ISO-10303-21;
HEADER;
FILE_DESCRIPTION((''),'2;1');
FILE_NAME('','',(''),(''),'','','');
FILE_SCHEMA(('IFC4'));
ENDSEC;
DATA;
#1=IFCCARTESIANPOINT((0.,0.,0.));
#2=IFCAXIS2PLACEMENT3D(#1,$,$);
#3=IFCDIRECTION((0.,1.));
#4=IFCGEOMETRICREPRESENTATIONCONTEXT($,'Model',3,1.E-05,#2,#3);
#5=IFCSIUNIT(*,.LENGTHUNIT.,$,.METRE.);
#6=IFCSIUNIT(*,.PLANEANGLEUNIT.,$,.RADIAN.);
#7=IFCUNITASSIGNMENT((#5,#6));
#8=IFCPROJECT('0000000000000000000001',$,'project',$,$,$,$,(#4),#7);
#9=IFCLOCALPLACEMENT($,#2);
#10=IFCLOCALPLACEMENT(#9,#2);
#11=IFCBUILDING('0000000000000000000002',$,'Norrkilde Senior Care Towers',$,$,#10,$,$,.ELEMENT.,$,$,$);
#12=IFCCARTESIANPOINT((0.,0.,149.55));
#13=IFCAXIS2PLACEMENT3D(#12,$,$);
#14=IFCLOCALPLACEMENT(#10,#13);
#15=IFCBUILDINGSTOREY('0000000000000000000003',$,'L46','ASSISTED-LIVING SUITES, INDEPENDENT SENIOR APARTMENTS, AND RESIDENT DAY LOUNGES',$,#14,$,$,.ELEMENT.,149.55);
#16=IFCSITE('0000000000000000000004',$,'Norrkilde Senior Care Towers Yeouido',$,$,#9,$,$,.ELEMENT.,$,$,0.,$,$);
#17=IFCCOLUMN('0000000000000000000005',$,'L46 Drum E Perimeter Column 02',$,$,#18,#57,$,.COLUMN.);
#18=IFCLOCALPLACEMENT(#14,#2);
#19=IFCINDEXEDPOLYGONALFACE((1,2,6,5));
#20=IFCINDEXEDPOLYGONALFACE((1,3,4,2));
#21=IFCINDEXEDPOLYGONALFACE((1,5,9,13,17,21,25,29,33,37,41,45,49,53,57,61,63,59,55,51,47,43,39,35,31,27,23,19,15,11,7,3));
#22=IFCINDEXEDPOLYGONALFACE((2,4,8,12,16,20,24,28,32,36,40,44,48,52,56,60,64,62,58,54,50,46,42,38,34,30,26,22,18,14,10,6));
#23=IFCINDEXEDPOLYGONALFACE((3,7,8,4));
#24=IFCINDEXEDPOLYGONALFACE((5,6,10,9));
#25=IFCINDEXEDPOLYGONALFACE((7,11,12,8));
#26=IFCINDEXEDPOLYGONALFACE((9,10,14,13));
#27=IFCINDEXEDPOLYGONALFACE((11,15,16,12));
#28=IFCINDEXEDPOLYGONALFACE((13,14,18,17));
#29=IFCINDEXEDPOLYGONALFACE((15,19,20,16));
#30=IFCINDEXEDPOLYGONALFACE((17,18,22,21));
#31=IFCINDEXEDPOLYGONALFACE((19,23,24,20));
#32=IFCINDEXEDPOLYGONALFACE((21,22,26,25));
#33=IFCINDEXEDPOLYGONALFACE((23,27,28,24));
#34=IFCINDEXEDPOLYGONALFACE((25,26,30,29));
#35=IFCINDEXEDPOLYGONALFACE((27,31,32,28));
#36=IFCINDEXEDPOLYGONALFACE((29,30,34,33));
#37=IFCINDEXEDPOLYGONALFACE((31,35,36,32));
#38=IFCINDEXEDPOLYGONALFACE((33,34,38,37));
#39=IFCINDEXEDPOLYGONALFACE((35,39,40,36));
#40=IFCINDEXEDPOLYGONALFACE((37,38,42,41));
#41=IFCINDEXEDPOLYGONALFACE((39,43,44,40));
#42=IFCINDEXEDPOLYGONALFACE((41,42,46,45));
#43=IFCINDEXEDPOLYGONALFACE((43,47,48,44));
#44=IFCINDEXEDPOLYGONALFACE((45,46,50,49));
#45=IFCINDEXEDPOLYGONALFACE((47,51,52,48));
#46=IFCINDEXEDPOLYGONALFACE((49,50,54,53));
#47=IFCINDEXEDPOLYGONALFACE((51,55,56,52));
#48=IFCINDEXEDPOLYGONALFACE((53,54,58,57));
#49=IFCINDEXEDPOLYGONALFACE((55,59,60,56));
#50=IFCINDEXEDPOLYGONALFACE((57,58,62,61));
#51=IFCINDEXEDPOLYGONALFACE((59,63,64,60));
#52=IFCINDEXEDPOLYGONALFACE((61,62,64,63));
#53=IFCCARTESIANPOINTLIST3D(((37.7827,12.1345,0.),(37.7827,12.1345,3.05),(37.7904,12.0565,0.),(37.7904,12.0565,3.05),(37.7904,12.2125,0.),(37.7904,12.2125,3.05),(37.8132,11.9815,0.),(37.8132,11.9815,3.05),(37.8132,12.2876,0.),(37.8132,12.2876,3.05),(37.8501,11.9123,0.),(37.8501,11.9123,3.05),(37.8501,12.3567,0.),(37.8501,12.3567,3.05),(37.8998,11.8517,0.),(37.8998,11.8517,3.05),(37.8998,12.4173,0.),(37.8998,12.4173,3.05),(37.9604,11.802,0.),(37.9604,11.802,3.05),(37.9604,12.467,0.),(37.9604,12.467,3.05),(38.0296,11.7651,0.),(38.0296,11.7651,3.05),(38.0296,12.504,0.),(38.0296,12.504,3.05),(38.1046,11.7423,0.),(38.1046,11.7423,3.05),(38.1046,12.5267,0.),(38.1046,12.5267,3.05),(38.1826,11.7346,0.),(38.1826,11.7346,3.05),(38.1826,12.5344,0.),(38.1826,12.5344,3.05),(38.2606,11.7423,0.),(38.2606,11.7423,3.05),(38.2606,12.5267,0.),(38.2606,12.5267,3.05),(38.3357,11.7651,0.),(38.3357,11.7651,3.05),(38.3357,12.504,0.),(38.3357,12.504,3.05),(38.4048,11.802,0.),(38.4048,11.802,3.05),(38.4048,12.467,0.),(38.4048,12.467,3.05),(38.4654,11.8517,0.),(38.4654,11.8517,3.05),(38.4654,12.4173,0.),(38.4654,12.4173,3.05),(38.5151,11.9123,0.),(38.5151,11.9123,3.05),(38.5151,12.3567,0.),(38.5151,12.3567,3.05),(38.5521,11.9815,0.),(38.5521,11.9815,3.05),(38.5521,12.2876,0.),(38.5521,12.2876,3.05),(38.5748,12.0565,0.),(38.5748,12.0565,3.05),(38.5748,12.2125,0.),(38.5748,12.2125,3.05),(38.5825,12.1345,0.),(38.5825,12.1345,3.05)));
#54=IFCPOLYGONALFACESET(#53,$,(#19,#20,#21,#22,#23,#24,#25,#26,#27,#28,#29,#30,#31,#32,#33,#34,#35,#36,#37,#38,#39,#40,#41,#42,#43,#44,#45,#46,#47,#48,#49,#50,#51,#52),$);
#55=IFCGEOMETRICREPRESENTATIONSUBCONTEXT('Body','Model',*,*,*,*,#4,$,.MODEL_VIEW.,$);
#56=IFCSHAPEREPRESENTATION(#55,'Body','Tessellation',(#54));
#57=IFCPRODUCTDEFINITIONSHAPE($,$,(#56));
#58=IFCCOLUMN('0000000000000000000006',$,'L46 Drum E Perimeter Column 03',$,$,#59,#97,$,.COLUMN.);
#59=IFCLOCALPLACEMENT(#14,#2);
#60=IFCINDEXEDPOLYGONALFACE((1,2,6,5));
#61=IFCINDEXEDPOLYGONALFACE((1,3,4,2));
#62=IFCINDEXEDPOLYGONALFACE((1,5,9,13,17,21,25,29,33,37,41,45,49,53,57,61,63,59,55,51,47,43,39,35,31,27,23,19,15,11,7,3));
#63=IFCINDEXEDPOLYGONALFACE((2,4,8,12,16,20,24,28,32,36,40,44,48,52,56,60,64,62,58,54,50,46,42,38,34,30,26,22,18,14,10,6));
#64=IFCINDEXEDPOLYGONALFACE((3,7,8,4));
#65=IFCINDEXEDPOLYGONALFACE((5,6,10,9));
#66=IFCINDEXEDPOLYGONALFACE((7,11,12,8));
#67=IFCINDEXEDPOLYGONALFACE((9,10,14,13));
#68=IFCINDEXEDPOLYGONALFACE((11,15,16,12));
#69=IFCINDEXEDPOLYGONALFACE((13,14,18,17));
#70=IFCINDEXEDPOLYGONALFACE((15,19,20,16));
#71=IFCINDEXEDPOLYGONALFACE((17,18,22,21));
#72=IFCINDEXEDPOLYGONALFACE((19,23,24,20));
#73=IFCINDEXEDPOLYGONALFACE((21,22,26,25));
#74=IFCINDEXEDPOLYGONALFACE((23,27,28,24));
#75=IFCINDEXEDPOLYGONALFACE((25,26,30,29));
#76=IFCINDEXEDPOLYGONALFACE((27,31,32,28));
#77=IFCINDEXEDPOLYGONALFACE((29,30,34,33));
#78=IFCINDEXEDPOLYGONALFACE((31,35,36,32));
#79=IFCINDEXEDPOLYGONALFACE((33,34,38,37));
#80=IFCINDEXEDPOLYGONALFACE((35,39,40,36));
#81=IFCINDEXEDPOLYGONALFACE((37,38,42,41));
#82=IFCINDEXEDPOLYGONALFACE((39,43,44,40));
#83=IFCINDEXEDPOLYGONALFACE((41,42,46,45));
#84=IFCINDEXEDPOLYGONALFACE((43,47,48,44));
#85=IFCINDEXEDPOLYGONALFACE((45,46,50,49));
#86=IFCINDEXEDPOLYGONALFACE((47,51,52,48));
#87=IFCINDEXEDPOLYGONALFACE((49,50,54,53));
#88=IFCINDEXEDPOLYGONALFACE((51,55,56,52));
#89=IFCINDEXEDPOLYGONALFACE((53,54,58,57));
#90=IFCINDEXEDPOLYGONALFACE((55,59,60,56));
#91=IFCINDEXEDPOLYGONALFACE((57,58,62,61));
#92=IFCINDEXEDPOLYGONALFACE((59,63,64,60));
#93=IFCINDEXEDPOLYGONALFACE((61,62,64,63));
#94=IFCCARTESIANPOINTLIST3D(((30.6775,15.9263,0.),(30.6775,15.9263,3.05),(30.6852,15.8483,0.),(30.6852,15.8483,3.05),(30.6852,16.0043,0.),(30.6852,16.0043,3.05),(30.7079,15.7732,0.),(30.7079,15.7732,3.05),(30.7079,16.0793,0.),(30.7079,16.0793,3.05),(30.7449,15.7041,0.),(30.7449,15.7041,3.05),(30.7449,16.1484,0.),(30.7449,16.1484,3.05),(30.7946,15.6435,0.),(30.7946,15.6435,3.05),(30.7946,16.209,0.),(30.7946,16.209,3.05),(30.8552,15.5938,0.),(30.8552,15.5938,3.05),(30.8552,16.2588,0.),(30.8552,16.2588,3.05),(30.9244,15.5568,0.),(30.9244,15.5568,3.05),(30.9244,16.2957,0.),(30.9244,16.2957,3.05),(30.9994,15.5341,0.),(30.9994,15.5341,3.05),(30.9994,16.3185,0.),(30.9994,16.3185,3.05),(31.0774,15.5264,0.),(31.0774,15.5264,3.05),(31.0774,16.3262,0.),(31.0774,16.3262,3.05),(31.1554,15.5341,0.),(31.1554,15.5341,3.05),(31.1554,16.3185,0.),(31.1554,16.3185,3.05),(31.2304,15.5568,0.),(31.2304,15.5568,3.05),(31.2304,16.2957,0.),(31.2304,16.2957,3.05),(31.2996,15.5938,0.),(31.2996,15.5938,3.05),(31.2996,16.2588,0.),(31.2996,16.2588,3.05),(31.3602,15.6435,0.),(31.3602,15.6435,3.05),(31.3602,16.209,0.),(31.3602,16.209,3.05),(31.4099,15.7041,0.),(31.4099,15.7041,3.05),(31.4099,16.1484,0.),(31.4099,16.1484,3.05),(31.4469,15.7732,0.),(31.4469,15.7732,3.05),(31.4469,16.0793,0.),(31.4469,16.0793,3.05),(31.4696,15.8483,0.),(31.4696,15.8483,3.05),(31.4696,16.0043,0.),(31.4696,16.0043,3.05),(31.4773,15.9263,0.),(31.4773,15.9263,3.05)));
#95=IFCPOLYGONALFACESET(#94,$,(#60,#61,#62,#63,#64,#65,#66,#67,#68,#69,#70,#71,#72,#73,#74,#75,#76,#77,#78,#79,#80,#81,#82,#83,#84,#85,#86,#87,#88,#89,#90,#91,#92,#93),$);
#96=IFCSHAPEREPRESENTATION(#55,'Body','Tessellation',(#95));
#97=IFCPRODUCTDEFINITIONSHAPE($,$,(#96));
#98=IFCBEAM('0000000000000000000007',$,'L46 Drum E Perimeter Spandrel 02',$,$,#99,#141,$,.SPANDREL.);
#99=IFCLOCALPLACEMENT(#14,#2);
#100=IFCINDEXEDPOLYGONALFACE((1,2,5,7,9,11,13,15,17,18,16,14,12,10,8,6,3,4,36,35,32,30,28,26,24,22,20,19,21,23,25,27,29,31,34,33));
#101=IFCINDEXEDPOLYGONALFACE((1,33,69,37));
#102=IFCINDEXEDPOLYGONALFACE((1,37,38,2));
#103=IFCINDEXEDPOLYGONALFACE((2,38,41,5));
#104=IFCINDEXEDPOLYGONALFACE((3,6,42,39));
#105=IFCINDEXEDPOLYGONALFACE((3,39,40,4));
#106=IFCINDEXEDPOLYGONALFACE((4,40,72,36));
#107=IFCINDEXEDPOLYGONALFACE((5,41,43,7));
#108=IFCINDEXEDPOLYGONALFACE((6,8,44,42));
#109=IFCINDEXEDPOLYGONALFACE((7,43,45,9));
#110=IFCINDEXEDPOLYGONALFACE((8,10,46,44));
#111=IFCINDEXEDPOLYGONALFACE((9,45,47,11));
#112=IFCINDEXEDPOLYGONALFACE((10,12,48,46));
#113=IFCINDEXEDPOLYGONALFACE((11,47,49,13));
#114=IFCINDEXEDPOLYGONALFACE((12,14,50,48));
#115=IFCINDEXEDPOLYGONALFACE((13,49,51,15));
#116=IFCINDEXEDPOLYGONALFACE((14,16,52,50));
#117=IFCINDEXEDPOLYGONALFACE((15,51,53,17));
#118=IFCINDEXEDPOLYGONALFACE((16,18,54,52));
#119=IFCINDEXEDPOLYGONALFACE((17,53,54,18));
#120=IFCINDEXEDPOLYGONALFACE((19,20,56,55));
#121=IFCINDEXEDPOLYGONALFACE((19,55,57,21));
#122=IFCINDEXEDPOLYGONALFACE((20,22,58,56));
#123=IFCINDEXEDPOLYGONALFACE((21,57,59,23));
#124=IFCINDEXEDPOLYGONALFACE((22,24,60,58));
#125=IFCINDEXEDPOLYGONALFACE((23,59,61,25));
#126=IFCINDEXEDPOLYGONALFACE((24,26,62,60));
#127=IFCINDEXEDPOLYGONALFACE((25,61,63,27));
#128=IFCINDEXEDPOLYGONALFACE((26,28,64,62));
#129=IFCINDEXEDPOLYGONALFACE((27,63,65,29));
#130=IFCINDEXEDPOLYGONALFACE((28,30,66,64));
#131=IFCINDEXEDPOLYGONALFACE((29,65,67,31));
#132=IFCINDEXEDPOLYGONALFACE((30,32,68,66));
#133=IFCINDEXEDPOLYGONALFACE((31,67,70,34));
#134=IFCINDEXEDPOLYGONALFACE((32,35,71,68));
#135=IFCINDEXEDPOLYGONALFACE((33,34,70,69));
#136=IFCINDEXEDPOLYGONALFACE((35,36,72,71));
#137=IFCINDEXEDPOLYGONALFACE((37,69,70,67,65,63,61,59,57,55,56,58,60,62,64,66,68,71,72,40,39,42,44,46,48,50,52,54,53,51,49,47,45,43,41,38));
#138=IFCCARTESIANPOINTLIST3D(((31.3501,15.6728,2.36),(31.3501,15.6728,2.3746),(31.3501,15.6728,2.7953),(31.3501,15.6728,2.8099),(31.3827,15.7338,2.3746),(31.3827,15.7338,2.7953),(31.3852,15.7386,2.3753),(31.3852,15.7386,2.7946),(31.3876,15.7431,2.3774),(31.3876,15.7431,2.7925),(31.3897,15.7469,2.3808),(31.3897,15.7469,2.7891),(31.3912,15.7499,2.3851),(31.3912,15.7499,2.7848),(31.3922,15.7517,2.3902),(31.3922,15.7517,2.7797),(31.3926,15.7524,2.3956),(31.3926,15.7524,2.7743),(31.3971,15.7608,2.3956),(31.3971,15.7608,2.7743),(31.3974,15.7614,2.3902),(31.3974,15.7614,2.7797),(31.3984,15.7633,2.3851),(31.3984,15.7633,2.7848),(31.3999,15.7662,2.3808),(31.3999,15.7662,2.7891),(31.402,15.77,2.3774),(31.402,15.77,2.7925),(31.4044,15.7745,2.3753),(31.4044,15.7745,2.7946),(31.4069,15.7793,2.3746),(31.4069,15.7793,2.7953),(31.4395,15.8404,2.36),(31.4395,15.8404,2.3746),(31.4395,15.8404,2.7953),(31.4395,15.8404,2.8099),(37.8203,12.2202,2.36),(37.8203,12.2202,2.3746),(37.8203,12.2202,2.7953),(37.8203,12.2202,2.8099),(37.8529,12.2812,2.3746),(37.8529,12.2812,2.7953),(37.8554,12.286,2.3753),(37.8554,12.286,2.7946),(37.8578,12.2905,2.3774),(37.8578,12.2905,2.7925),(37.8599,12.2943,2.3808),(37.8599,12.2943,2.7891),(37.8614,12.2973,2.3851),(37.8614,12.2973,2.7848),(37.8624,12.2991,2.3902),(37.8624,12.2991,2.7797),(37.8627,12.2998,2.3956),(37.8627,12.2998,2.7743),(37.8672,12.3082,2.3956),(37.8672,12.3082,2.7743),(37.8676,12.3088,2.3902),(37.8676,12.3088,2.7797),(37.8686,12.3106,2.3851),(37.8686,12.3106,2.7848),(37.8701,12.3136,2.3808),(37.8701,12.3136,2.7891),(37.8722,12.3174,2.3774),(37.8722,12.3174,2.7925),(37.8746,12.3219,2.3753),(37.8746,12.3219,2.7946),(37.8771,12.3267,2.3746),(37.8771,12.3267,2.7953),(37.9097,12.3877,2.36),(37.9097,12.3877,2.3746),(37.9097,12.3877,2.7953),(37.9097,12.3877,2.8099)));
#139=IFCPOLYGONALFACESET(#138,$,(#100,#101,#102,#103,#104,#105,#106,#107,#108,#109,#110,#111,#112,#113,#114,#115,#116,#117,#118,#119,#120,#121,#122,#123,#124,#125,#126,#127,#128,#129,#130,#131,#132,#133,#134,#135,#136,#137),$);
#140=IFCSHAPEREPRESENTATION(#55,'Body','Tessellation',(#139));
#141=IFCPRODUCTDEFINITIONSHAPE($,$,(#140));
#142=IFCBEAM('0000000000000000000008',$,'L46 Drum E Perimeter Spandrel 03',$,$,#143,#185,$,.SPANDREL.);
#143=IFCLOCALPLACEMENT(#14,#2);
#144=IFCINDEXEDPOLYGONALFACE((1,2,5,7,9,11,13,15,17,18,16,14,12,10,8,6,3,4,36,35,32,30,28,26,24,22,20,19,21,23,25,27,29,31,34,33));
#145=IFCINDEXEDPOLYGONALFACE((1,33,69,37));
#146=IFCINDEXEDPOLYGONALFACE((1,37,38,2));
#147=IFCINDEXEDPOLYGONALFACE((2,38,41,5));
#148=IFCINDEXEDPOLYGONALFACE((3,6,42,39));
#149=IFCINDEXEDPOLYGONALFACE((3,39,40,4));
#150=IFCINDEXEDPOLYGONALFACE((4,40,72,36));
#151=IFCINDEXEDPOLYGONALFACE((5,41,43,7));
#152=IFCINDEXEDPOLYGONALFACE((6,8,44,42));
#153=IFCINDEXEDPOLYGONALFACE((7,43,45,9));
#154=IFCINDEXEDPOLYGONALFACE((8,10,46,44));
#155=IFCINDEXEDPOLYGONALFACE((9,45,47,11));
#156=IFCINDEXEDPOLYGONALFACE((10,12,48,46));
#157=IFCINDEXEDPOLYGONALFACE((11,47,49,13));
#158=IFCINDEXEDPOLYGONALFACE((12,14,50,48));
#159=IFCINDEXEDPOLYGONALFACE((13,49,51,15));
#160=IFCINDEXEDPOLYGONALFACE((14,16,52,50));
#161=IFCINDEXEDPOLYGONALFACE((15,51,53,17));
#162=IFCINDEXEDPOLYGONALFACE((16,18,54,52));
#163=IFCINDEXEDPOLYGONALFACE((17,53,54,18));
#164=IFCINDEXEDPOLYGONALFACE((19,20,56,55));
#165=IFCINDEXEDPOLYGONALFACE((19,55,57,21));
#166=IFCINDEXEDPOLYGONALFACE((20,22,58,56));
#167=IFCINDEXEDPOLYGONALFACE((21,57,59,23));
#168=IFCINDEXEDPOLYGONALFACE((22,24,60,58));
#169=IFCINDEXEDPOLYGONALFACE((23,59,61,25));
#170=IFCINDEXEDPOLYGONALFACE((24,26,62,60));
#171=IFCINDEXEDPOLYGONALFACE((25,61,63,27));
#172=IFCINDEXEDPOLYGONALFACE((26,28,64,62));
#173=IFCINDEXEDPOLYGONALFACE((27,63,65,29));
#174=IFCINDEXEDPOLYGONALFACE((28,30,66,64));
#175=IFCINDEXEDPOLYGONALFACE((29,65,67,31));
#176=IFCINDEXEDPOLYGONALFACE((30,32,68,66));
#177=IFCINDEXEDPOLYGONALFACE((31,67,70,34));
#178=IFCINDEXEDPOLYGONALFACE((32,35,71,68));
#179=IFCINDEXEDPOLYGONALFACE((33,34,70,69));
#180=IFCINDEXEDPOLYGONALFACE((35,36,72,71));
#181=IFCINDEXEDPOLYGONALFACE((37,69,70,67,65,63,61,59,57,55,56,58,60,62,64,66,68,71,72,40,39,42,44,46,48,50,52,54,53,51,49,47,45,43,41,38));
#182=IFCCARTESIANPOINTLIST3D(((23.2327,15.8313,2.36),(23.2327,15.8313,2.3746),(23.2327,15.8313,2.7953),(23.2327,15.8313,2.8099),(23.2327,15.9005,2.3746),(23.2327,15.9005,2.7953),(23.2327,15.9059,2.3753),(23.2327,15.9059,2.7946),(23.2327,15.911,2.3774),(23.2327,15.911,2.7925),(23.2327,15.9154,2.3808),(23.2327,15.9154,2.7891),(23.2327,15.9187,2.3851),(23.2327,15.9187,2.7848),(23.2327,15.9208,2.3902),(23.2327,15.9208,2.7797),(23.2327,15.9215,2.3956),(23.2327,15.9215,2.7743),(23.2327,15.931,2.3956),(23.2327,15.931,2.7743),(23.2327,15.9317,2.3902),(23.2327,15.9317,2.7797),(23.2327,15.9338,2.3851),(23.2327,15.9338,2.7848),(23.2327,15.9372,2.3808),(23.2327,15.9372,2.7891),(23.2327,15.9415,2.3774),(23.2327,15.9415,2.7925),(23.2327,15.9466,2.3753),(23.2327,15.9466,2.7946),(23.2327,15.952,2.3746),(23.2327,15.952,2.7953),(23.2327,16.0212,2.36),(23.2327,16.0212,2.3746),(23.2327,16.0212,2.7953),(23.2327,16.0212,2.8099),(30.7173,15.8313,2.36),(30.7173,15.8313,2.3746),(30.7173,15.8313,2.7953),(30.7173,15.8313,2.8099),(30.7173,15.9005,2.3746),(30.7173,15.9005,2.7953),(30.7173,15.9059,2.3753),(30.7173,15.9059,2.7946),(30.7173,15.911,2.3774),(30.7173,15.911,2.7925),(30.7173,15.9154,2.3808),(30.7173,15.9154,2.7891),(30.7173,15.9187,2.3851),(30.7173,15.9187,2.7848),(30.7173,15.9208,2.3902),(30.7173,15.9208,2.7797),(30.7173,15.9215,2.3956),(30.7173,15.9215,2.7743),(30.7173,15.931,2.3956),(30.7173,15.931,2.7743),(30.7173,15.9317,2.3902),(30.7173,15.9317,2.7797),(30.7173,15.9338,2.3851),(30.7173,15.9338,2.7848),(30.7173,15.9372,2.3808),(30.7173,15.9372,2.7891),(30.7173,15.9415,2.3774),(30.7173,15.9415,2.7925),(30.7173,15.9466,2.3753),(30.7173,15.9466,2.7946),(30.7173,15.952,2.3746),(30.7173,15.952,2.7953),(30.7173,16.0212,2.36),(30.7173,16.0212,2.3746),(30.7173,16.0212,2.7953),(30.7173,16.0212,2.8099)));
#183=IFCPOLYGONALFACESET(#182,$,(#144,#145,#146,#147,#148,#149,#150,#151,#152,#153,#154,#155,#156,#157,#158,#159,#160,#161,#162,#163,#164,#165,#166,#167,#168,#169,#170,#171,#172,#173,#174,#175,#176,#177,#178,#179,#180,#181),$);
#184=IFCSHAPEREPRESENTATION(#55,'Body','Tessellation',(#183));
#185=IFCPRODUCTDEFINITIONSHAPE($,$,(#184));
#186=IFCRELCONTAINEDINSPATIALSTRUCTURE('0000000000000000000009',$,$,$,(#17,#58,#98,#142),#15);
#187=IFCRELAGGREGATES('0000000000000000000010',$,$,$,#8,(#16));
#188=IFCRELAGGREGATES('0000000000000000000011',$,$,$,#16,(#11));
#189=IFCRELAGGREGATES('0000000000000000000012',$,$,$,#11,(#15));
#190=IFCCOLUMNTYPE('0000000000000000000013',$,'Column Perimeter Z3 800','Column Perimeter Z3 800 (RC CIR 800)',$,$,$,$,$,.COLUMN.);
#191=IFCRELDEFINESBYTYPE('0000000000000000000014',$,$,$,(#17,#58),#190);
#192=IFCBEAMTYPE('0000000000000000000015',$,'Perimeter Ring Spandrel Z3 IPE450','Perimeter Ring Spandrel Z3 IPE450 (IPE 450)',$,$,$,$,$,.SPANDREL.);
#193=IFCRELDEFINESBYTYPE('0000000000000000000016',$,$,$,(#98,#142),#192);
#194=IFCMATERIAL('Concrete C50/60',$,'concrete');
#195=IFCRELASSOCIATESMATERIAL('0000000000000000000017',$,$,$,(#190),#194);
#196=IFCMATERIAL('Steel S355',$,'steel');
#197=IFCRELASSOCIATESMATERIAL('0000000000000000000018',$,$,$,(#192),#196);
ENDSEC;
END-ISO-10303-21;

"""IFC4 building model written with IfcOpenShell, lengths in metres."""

from ifc_helpers import new_model, si_unit, direction, frame, origin, origin_2d, place, context, subcontext, project, spatial, circle, i_section, extrude, source, transform, mapped, material, material_profile, profile_set, type_object, type_shapes, element, save


model = new_model("IFC4")

# Units and contexts
model_context = context("Model", 3, precision=1e-05, world=origin(), true_north=direction((0.0, 1.0)))
body_context = subcontext(model_context, "Body", "Model", "MODEL_VIEW")
ifc_project = project(units=[si_unit("LENGTHUNIT", "METRE"), si_unit("PLANEANGLEUNIT", "RADIAN")], contexts=[model_context])

# Site, building, storey
site_placement = place(None, origin())
site = spatial("IfcSite", under=ifc_project, at=site_placement, Name="Norrkilde Senior Care Towers Yeouido", CompositionType="ELEMENT", RefElevation=0.0)
building_placement = place(site_placement, origin())
building = spatial("IfcBuilding", under=site, at=building_placement, Name="Norrkilde Senior Care Towers", CompositionType="ELEMENT")
storey_placement = place(building_placement, frame((0.0, 0.0, 149.55)))
storey = spatial("IfcBuildingStorey", under=building, at=storey_placement, Name="L46", Description="ASSISTED-LIVING SUITES, INDEPENDENT SENIOR APARTMENTS, AND RESIDENT DAY LOUNGES", CompositionType="ELEMENT", Elevation=149.55)

# Columns
ifc_material_1 = material(Name="Concrete C50/60", Category="concrete")
ifc_material_profile_1 = material_profile(ifc_material_1, circle(Radius=0.3999, at=origin_2d()), Name="RC CIR 800")
ifc_profile_set_1 = profile_set([ifc_material_profile_1], Name="Concrete C50/60")
column_type = type_object("IfcColumnType", Name="Column Perimeter Z3 800", Description="Column Perimeter Z3 800 (RC CIR 800)", PredefinedType="COLUMN", material=ifc_profile_set_1)
shared_shape_1 = source(origin(), body_context, "Body", "SweptSolid", [
    extrude(circle(Radius=0.3999, at=origin_2d()), origin(), (0.0, 0.0, 1.0), 3.05),
])
type_shapes(column_type, [shared_shape_1])
for number, where, z_axis, x_axis, name in (
    (1, (38.1826, 12.1345, 0.0), (0.0, 0.0, 1.0), (1.0, 0.0, 0.0), "L46 Drum E Perimeter Column 02"),
    (2, (31.0774, 15.9263, 0.0), (0.0, 0.0, 1.0), (1.0, 0.0, 0.0), "L46 Drum E Perimeter Column 03"),
):
    element("IfcColumn", number, at=place(storey_placement, frame(where, z_axis=z_axis, x_axis=x_axis)), inside=storey, type_object=column_type, Name=name, PredefinedType="COLUMN", context=body_context, shape_type="MappedRepresentation", body=[
        mapped(shared_shape_1, transform((0.0, 0.0, 0.0), x_axis=(1.0, 0.0, 0.0), y_axis=(0.0, 1.0, 0.0), z_axis=(0.0, 0.0, 1.0), scale=1.0)),
    ])

# Beams
ifc_material_2 = material(Name="Steel S355", Category="steel")
ifc_material_profile_2 = material_profile(ifc_material_2, i_section(OverallWidth=0.1899, OverallDepth=0.45, WebThickness=0.0095, FlangeThickness=0.0146, FilletRadius=0.021, at=origin_2d()), Name="IPE 450")
ifc_profile_set_2 = profile_set([ifc_material_profile_2], Name="Steel S355")
beam_type = type_object("IfcBeamType", Name="Perimeter Ring Spandrel Z3 IPE450", Description="Perimeter Ring Spandrel Z3 IPE450 (IPE 450)", PredefinedType="SPANDREL", material=ifc_profile_set_2)
shared_shape_2 = source(origin(), body_context, "Body", "SweptSolid", [
    extrude(i_section(OverallWidth=0.1899, OverallDepth=0.45, WebThickness=0.0095, FlangeThickness=0.0146, FilletRadius=0.021, at=origin_2d()), origin(), (0.0, 0.0, 1.0), 7.3337),
])
beam_1_placement = place(storey_placement, frame((37.865, 12.304, 2.585), z_axis=(-0.882248, 0.470785, 0.0), x_axis=(-0.470785, -0.882248, 0.0)))
element("IfcBeam", 3, at=beam_1_placement, inside=storey, type_object=beam_type, Name="L46 Drum E Perimeter Spandrel 02", PredefinedType="SPANDREL", context=body_context, shape_type="MappedRepresentation", body=[
    mapped(shared_shape_2, transform((0.0, 0.0, 0.0), x_axis=(1.0, 0.0, 0.0), y_axis=(0.0, 1.0, 0.0), z_axis=(0.0, 0.0, 1.0), scale=1.0)),
])
shared_shape_3 = source(origin(), body_context, "Body", "SweptSolid", [
    extrude(i_section(OverallWidth=0.1899, OverallDepth=0.45, WebThickness=0.0095, FlangeThickness=0.0146, FilletRadius=0.021, at=origin_2d()), origin(), (0.0, 0.0, 1.0), 7.4846),
])
type_shapes(beam_type, [shared_shape_2, shared_shape_3])
beam_2_placement = place(storey_placement, frame((30.7173, 15.9263, 2.585), z_axis=(-1.0, 0.0, 0.0), x_axis=(0.0, -1.0, 0.0)))
element("IfcBeam", 4, at=beam_2_placement, inside=storey, type_object=beam_type, Name="L46 Drum E Perimeter Spandrel 03", PredefinedType="SPANDREL", context=body_context, shape_type="MappedRepresentation", body=[
    mapped(shared_shape_3, transform((0.0, 0.0, 0.0), x_axis=(1.0, 0.0, 0.0), y_axis=(0.0, 1.0, 0.0), z_axis=(0.0, 0.0, 1.0), scale=1.0)),
])

save(model, "model.ifc")
